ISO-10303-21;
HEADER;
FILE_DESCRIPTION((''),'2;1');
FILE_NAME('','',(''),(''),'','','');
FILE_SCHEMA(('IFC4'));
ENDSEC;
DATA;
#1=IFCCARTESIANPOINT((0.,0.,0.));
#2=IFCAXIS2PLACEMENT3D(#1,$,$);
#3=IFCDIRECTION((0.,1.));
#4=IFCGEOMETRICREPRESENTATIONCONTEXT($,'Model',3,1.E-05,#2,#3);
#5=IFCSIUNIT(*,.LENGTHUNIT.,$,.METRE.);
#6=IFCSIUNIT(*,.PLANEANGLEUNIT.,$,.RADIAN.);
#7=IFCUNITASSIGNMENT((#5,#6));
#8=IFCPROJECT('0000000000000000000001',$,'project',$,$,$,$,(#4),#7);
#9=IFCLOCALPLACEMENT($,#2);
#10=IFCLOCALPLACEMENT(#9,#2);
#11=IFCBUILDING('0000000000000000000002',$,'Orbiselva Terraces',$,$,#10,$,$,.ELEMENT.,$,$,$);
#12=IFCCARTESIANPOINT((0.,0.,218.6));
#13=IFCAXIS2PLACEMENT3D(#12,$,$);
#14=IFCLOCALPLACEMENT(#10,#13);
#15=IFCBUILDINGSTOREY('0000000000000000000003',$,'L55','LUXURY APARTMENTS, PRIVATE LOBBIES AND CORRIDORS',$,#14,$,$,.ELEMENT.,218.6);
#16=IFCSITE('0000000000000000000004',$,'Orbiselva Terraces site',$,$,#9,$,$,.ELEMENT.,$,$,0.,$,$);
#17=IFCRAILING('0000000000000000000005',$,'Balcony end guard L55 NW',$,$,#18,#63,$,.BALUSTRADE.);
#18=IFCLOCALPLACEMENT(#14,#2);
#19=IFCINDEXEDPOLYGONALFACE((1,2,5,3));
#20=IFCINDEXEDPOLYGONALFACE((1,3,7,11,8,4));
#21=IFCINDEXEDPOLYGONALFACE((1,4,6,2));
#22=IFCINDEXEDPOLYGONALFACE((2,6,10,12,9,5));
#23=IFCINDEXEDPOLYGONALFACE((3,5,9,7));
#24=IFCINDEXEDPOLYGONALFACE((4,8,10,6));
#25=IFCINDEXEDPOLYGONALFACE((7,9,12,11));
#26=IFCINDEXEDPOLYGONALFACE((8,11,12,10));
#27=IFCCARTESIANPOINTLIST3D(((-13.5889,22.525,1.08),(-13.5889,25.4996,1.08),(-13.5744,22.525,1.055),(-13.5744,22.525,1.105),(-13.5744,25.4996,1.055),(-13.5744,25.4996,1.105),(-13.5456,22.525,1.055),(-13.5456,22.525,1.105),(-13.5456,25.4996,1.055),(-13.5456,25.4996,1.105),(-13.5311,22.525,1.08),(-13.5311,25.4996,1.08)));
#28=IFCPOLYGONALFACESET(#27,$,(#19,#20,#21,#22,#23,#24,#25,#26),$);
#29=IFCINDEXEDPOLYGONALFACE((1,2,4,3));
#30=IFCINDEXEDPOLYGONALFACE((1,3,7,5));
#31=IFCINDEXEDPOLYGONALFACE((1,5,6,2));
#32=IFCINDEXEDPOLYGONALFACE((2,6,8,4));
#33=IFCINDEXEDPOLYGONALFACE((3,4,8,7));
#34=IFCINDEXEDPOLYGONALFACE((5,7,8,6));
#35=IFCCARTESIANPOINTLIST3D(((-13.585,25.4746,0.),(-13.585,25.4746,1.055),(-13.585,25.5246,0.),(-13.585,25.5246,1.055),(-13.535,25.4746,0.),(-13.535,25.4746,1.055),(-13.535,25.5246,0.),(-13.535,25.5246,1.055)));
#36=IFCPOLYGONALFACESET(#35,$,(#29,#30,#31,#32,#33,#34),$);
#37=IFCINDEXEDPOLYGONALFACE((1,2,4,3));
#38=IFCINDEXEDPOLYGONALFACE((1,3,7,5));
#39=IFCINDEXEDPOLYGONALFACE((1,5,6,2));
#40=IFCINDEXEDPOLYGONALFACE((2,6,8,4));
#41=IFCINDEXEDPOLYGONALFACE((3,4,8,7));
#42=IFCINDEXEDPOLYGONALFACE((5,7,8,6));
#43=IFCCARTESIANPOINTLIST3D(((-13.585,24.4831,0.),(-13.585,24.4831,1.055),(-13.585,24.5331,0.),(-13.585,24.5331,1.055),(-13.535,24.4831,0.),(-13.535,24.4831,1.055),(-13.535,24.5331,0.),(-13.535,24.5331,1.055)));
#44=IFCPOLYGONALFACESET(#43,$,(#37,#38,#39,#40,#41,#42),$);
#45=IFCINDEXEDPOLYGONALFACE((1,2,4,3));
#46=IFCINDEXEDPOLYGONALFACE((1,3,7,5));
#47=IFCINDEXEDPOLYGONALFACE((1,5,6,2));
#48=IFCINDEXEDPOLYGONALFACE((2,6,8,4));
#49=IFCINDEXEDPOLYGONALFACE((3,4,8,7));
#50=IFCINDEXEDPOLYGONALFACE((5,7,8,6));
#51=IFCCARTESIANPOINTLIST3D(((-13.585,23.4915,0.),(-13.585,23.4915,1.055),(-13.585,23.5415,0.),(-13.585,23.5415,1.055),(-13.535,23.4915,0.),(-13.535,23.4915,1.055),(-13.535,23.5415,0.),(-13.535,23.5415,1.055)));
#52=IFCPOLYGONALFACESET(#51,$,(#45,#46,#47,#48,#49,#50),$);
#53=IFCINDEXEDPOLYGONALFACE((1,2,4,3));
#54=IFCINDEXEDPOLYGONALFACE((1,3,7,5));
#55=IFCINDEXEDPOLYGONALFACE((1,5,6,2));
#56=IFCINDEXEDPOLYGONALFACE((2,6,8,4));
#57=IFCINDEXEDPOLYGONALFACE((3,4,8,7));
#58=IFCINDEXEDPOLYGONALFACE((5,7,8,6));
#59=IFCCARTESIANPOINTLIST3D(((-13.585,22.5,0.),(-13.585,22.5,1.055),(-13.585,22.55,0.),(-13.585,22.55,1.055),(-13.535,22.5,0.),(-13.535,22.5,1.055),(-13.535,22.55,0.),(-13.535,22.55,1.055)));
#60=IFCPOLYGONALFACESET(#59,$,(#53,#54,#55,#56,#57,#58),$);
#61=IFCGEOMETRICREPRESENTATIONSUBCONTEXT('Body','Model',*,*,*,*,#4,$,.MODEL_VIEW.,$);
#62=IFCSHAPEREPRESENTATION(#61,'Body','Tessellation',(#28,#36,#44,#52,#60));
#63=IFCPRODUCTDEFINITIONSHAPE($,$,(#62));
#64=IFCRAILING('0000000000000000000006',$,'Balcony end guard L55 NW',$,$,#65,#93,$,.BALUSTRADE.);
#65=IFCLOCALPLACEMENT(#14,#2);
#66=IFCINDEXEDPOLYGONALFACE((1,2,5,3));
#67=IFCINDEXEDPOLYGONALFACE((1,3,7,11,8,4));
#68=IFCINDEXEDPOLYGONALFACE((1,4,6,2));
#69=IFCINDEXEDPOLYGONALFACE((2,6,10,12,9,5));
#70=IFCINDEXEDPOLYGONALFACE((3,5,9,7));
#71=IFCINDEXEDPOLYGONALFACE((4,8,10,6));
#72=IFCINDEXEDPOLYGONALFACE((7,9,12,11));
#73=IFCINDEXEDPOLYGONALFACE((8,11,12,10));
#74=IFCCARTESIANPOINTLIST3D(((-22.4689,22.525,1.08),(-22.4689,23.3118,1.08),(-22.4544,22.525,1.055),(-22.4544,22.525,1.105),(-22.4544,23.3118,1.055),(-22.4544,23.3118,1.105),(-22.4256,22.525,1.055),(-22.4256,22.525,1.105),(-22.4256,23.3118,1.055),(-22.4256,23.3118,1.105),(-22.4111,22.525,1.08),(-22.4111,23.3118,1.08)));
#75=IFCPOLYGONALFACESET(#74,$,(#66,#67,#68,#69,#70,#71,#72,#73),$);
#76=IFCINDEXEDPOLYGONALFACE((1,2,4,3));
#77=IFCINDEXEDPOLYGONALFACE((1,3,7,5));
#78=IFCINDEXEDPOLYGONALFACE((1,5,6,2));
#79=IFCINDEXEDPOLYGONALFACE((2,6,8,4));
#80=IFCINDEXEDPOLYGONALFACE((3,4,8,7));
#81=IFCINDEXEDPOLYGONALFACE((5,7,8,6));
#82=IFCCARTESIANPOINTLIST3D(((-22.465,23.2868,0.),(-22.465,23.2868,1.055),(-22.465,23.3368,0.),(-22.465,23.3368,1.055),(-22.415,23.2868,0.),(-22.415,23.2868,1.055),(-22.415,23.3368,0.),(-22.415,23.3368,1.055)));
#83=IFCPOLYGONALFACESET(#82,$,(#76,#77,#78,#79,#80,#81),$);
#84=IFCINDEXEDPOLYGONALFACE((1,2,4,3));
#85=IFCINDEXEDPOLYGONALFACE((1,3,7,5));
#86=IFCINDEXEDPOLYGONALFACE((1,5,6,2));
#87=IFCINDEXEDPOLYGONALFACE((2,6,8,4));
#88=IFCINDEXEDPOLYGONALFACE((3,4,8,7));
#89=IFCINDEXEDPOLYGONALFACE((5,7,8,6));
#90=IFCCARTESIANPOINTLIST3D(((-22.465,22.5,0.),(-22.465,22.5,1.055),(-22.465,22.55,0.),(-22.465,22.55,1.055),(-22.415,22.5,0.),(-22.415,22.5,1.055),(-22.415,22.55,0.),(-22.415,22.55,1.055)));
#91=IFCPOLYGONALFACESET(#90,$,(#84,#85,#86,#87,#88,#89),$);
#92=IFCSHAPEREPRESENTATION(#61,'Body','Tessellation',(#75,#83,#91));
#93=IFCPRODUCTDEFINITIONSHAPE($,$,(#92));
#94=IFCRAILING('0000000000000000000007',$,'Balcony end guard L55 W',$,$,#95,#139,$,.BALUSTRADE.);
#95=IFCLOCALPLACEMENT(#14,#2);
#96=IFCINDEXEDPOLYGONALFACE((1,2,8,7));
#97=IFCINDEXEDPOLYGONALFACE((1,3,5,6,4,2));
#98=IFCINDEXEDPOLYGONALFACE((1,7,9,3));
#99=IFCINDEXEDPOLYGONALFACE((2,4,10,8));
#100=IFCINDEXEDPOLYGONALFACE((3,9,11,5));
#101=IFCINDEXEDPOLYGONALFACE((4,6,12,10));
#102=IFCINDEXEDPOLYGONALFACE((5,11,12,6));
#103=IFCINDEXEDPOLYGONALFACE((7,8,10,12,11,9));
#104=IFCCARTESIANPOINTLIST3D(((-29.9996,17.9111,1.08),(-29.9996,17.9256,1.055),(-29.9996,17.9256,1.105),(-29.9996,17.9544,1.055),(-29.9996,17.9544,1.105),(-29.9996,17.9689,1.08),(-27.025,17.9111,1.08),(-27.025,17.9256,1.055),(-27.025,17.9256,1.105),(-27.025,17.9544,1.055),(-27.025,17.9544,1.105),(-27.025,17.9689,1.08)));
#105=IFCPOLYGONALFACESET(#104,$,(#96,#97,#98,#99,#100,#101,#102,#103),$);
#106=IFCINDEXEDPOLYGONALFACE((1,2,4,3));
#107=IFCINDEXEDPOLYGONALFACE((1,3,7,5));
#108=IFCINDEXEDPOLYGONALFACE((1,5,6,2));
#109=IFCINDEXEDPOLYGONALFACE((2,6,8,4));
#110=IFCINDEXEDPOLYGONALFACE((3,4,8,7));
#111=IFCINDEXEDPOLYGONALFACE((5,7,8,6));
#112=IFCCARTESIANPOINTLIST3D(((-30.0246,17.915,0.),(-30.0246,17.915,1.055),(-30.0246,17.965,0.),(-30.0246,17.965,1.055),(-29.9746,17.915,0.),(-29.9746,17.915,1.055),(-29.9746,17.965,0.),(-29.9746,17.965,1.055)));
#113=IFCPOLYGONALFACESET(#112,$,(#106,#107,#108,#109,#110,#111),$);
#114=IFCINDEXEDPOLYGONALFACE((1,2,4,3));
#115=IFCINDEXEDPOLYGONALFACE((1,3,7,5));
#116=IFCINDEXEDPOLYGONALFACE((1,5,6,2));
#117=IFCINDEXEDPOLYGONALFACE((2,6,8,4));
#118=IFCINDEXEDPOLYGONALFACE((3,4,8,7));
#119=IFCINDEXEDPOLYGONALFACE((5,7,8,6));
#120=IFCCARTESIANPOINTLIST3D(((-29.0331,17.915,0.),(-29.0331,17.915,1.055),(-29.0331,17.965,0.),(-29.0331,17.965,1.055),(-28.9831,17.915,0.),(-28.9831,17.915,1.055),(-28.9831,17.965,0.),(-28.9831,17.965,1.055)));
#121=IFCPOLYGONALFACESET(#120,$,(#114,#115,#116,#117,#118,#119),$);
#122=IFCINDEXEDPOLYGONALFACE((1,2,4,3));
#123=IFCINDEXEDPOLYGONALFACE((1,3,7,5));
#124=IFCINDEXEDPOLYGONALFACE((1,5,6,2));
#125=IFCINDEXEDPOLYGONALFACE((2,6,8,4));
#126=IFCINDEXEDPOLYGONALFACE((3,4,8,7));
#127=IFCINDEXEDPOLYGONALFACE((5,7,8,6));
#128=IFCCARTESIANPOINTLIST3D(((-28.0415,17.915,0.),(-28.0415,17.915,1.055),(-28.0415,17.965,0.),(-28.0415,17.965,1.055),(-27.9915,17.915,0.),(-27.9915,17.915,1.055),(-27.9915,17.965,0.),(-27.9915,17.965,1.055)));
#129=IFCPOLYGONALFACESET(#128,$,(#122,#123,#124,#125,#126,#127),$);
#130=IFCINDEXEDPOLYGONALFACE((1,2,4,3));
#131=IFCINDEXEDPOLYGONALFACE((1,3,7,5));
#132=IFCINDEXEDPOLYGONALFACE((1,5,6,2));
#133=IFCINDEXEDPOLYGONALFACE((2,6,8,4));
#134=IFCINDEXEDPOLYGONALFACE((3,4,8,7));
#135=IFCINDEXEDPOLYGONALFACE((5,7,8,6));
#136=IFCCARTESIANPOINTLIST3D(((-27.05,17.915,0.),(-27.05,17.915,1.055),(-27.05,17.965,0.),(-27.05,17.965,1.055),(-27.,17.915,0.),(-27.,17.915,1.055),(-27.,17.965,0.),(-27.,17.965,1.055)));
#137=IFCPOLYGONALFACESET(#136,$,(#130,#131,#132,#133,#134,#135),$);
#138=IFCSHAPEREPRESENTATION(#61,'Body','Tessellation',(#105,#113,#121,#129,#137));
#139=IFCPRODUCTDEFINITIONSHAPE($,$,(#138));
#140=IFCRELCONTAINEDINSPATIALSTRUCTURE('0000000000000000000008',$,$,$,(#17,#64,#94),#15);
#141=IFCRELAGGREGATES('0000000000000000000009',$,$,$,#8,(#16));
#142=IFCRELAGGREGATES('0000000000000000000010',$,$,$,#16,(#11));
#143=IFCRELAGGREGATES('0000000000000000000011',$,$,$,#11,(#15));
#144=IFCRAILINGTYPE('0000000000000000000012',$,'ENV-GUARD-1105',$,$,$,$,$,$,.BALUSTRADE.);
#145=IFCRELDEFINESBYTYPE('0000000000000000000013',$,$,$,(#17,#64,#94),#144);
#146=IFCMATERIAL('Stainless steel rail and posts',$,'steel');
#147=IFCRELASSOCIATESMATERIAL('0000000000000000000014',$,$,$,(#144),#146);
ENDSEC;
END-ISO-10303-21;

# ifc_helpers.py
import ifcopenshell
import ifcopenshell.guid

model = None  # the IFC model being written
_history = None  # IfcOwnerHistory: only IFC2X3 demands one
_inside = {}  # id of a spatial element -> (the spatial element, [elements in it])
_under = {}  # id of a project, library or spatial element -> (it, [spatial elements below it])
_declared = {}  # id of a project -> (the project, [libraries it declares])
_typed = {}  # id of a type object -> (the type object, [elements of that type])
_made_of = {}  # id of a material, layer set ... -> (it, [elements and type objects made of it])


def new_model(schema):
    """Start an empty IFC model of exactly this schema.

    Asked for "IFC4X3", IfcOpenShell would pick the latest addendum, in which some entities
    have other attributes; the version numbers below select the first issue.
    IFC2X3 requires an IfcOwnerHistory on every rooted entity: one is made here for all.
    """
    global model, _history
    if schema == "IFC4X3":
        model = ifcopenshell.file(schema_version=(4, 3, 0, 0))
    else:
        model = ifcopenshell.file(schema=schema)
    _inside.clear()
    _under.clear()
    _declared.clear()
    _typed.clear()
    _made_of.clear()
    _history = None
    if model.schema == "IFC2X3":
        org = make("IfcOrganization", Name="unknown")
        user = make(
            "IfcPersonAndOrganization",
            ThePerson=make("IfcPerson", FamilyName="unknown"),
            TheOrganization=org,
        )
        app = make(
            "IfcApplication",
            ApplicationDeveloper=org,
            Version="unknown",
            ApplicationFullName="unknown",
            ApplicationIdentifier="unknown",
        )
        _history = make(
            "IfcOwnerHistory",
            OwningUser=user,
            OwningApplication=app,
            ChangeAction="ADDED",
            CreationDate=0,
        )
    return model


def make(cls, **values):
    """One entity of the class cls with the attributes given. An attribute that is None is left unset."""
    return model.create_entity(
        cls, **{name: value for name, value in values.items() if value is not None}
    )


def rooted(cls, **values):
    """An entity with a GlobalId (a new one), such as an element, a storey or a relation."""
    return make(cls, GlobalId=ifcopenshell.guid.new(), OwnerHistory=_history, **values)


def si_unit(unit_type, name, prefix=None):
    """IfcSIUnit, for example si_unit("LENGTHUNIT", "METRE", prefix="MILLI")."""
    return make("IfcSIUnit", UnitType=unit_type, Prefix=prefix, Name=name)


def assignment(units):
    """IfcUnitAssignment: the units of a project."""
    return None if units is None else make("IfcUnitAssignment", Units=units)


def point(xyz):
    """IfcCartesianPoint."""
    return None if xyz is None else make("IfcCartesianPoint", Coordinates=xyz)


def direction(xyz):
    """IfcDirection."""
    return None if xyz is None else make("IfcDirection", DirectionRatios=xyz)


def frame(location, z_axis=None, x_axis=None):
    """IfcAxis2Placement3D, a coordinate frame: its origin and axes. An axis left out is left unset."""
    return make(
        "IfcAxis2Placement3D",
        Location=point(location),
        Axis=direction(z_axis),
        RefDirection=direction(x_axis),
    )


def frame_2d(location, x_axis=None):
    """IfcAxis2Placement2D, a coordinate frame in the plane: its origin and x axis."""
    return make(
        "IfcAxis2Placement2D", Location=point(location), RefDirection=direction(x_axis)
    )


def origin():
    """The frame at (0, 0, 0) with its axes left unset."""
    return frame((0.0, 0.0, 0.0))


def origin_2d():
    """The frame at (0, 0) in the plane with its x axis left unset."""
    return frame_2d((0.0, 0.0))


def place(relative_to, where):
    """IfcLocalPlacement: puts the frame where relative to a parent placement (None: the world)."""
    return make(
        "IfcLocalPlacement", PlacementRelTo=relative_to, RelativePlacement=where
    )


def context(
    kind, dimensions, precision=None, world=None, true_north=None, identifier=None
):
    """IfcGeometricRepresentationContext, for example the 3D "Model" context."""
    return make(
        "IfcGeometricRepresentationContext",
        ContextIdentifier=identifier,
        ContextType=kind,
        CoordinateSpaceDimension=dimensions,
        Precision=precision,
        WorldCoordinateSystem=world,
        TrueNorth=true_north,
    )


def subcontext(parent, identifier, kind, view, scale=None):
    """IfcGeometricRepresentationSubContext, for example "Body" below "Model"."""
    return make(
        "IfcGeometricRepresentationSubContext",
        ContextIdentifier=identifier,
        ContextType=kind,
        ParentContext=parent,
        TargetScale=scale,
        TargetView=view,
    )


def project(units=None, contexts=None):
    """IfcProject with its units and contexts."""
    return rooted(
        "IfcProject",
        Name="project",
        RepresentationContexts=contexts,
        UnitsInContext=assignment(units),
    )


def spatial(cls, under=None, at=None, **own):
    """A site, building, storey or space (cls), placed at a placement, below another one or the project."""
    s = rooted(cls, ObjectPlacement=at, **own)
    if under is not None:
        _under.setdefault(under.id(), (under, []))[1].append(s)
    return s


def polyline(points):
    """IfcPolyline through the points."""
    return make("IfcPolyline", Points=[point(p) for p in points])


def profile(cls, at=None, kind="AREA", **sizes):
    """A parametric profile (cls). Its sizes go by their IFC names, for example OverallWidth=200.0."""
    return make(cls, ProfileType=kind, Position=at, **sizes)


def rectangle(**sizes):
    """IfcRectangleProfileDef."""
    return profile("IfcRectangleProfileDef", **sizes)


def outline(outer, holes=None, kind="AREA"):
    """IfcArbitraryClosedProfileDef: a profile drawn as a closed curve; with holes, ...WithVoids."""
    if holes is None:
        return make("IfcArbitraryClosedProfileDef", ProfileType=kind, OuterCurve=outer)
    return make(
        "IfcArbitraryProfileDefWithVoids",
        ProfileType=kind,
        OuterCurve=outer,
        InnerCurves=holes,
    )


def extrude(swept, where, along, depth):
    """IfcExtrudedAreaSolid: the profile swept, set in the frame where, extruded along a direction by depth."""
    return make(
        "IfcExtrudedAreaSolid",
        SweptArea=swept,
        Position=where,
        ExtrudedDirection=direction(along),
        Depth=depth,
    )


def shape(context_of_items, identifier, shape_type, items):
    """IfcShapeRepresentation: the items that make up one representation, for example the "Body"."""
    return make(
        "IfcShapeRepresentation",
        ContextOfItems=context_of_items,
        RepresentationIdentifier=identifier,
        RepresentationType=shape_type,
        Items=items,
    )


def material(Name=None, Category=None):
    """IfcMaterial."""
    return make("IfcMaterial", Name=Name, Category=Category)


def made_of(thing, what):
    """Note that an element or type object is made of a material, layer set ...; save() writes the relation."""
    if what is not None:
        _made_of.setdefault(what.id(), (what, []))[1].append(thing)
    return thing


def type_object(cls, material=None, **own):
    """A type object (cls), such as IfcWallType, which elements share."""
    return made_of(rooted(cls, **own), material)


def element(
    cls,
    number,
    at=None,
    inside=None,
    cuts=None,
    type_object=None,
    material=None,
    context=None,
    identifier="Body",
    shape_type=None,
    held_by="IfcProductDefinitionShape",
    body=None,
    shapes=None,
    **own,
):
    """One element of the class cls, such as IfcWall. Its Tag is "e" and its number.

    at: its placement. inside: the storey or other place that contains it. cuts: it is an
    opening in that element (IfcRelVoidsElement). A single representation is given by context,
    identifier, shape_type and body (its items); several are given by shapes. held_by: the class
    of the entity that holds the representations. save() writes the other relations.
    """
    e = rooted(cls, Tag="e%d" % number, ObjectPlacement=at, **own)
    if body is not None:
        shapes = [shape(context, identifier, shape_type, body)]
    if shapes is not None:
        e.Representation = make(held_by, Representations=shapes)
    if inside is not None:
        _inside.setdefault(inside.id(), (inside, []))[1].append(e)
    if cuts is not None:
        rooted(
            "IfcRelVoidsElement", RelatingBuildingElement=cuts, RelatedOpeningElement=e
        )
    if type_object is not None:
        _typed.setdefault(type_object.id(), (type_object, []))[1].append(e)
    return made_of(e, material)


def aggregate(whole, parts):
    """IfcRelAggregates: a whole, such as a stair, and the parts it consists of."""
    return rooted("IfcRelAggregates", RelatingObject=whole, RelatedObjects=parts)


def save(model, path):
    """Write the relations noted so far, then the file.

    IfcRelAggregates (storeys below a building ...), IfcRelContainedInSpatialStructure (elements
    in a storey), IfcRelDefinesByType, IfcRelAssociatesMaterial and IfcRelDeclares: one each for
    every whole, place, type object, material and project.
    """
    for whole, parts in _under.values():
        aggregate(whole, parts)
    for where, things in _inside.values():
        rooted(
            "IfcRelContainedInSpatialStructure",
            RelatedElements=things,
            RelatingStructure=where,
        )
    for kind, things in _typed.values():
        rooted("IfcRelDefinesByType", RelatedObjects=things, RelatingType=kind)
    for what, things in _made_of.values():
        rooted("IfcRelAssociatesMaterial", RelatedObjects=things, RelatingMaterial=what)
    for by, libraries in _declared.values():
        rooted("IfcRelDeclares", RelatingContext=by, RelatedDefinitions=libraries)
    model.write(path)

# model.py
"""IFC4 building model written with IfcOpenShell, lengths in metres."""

from ifc_helpers import new_model, si_unit, direction, frame, origin, origin_2d, place, context, subcontext, project, spatial, polyline, rectangle, outline, extrude, material, type_object, element, save


model = new_model("IFC4")

# Units and contexts
model_context = context("Model", 3, precision=1e-05, world=origin(), true_north=direction((0.0, 1.0)))
body_context = subcontext(model_context, "Body", "Model", "MODEL_VIEW")
ifc_project = project(units=[si_unit("LENGTHUNIT", "METRE"), si_unit("PLANEANGLEUNIT", "RADIAN")], contexts=[model_context])

# Site, building, storey
site_placement = place(None, origin())
site = spatial("IfcSite", under=ifc_project, at=site_placement, Name="Orbiselva Terraces site", CompositionType="ELEMENT", RefElevation=0.0)
building_placement = place(site_placement, origin())
building = spatial("IfcBuilding", under=site, at=building_placement, Name="Orbiselva Terraces", CompositionType="ELEMENT")
storey_placement = place(building_placement, frame((0.0, 0.0, 218.6)))
storey = spatial("IfcBuildingStorey", under=building, at=storey_placement, Name="L55", Description="LUXURY APARTMENTS, PRIVATE LOBBIES AND CORRIDORS", CompositionType="ELEMENT", Elevation=218.6)

# Railings
ifc_material_1 = material(Name="Stainless steel rail and posts", Category="steel")
railing_type_1 = type_object("IfcRailingType", Name="ENV-GUARD-1105", PredefinedType="BALUSTRADE", material=ifc_material_1)
railing_1_placement = place(storey_placement, frame((-13.56, 25.4996, 0.0)))
element("IfcRailing", 1, at=railing_1_placement, inside=storey, type_object=railing_type_1, Name="Balcony end guard L55 NW", PredefinedType="BALUSTRADE", context=body_context, shape_type="SweptSolid", body=[
    extrude(outline(polyline([(0.0289, 0.0), (0.0144, 0.025), (-0.0144, 0.025), (-0.0289, 0.0), (-0.0144, -0.025), (0.0144, -0.025), (0.0289, 0.0)])), frame((0.0, 0.0, 1.08), z_axis=(0.0, -1.0, 0.0), x_axis=(1.0, 0.0, 0.0)), (0.0, 0.0, 1.0), 2.9746),
    extrude(rectangle(XDim=0.05, YDim=0.05, at=origin_2d()), origin(), (0.0, 0.0, 1.0), 1.055),
    extrude(rectangle(XDim=0.05, YDim=0.05, at=origin_2d()), frame((0.0, -0.9915, 0.0)), (0.0, 0.0, 1.0), 1.055),
    extrude(rectangle(XDim=0.05, YDim=0.05, at=origin_2d()), frame((0.0, -1.9831, 0.0)), (0.0, 0.0, 1.0), 1.055),
    extrude(rectangle(XDim=0.05, YDim=0.05, at=origin_2d()), frame((0.0, -2.9746, 0.0)), (0.0, 0.0, 1.0), 1.055),
])
railing_2_placement = place(storey_placement, frame((-22.44, 23.3118, 0.0)))
element("IfcRailing", 2, at=railing_2_placement, inside=storey, type_object=railing_type_1, Name="Balcony end guard L55 NW", PredefinedType="BALUSTRADE", context=body_context, shape_type="SweptSolid", body=[
    extrude(outline(polyline([(0.0289, 0.0), (0.0144, 0.025), (-0.0144, 0.025), (-0.0289, 0.0), (-0.0144, -0.025), (0.0144, -0.025), (0.0289, 0.0)])), frame((0.0, 0.0, 1.08), z_axis=(0.0, -1.0, 0.0), x_axis=(1.0, 0.0, 0.0)), (0.0, 0.0, 1.0), 0.7868),
    extrude(rectangle(XDim=0.05, YDim=0.05, at=origin_2d()), origin(), (0.0, 0.0, 1.0), 1.055),
    extrude(rectangle(XDim=0.05, YDim=0.05, at=origin_2d()), frame((0.0, -0.7868, 0.0)), (0.0, 0.0, 1.0), 1.055),
])
railing_3_placement = place(storey_placement, frame((-29.9996, 17.94, 0.0)))
element("IfcRailing", 3, at=railing_3_placement, inside=storey, type_object=railing_type_1, Name="Balcony end guard L55 W", PredefinedType="BALUSTRADE", context=body_context, shape_type="SweptSolid", body=[
    extrude(outline(polyline([(0.0289, 0.0), (0.0144, 0.025), (-0.0144, 0.025), (-0.0289, 0.0), (-0.0144, -0.025), (0.0144, -0.025), (0.0289, 0.0)])), frame((0.0, 0.0, 1.08), z_axis=(1.0, 0.0, 0.0), x_axis=(0.0, 1.0, 0.0)), (0.0, 0.0, 1.0), 2.9746),
    extrude(rectangle(XDim=0.05, YDim=0.05, at=origin_2d()), origin(), (0.0, 0.0, 1.0), 1.055),
    extrude(rectangle(XDim=0.05, YDim=0.05, at=origin_2d()), frame((0.9915, 0.0, 0.0)), (0.0, 0.0, 1.0), 1.055),
    extrude(rectangle(XDim=0.05, YDim=0.05, at=origin_2d()), frame((1.9831, 0.0, 0.0)), (0.0, 0.0, 1.0), 1.055),
    extrude(rectangle(XDim=0.05, YDim=0.05, at=origin_2d()), frame((2.9746, 0.0, 0.0)), (0.0, 0.0, 1.0), 1.055),
])

save(model, "model.ifc")
